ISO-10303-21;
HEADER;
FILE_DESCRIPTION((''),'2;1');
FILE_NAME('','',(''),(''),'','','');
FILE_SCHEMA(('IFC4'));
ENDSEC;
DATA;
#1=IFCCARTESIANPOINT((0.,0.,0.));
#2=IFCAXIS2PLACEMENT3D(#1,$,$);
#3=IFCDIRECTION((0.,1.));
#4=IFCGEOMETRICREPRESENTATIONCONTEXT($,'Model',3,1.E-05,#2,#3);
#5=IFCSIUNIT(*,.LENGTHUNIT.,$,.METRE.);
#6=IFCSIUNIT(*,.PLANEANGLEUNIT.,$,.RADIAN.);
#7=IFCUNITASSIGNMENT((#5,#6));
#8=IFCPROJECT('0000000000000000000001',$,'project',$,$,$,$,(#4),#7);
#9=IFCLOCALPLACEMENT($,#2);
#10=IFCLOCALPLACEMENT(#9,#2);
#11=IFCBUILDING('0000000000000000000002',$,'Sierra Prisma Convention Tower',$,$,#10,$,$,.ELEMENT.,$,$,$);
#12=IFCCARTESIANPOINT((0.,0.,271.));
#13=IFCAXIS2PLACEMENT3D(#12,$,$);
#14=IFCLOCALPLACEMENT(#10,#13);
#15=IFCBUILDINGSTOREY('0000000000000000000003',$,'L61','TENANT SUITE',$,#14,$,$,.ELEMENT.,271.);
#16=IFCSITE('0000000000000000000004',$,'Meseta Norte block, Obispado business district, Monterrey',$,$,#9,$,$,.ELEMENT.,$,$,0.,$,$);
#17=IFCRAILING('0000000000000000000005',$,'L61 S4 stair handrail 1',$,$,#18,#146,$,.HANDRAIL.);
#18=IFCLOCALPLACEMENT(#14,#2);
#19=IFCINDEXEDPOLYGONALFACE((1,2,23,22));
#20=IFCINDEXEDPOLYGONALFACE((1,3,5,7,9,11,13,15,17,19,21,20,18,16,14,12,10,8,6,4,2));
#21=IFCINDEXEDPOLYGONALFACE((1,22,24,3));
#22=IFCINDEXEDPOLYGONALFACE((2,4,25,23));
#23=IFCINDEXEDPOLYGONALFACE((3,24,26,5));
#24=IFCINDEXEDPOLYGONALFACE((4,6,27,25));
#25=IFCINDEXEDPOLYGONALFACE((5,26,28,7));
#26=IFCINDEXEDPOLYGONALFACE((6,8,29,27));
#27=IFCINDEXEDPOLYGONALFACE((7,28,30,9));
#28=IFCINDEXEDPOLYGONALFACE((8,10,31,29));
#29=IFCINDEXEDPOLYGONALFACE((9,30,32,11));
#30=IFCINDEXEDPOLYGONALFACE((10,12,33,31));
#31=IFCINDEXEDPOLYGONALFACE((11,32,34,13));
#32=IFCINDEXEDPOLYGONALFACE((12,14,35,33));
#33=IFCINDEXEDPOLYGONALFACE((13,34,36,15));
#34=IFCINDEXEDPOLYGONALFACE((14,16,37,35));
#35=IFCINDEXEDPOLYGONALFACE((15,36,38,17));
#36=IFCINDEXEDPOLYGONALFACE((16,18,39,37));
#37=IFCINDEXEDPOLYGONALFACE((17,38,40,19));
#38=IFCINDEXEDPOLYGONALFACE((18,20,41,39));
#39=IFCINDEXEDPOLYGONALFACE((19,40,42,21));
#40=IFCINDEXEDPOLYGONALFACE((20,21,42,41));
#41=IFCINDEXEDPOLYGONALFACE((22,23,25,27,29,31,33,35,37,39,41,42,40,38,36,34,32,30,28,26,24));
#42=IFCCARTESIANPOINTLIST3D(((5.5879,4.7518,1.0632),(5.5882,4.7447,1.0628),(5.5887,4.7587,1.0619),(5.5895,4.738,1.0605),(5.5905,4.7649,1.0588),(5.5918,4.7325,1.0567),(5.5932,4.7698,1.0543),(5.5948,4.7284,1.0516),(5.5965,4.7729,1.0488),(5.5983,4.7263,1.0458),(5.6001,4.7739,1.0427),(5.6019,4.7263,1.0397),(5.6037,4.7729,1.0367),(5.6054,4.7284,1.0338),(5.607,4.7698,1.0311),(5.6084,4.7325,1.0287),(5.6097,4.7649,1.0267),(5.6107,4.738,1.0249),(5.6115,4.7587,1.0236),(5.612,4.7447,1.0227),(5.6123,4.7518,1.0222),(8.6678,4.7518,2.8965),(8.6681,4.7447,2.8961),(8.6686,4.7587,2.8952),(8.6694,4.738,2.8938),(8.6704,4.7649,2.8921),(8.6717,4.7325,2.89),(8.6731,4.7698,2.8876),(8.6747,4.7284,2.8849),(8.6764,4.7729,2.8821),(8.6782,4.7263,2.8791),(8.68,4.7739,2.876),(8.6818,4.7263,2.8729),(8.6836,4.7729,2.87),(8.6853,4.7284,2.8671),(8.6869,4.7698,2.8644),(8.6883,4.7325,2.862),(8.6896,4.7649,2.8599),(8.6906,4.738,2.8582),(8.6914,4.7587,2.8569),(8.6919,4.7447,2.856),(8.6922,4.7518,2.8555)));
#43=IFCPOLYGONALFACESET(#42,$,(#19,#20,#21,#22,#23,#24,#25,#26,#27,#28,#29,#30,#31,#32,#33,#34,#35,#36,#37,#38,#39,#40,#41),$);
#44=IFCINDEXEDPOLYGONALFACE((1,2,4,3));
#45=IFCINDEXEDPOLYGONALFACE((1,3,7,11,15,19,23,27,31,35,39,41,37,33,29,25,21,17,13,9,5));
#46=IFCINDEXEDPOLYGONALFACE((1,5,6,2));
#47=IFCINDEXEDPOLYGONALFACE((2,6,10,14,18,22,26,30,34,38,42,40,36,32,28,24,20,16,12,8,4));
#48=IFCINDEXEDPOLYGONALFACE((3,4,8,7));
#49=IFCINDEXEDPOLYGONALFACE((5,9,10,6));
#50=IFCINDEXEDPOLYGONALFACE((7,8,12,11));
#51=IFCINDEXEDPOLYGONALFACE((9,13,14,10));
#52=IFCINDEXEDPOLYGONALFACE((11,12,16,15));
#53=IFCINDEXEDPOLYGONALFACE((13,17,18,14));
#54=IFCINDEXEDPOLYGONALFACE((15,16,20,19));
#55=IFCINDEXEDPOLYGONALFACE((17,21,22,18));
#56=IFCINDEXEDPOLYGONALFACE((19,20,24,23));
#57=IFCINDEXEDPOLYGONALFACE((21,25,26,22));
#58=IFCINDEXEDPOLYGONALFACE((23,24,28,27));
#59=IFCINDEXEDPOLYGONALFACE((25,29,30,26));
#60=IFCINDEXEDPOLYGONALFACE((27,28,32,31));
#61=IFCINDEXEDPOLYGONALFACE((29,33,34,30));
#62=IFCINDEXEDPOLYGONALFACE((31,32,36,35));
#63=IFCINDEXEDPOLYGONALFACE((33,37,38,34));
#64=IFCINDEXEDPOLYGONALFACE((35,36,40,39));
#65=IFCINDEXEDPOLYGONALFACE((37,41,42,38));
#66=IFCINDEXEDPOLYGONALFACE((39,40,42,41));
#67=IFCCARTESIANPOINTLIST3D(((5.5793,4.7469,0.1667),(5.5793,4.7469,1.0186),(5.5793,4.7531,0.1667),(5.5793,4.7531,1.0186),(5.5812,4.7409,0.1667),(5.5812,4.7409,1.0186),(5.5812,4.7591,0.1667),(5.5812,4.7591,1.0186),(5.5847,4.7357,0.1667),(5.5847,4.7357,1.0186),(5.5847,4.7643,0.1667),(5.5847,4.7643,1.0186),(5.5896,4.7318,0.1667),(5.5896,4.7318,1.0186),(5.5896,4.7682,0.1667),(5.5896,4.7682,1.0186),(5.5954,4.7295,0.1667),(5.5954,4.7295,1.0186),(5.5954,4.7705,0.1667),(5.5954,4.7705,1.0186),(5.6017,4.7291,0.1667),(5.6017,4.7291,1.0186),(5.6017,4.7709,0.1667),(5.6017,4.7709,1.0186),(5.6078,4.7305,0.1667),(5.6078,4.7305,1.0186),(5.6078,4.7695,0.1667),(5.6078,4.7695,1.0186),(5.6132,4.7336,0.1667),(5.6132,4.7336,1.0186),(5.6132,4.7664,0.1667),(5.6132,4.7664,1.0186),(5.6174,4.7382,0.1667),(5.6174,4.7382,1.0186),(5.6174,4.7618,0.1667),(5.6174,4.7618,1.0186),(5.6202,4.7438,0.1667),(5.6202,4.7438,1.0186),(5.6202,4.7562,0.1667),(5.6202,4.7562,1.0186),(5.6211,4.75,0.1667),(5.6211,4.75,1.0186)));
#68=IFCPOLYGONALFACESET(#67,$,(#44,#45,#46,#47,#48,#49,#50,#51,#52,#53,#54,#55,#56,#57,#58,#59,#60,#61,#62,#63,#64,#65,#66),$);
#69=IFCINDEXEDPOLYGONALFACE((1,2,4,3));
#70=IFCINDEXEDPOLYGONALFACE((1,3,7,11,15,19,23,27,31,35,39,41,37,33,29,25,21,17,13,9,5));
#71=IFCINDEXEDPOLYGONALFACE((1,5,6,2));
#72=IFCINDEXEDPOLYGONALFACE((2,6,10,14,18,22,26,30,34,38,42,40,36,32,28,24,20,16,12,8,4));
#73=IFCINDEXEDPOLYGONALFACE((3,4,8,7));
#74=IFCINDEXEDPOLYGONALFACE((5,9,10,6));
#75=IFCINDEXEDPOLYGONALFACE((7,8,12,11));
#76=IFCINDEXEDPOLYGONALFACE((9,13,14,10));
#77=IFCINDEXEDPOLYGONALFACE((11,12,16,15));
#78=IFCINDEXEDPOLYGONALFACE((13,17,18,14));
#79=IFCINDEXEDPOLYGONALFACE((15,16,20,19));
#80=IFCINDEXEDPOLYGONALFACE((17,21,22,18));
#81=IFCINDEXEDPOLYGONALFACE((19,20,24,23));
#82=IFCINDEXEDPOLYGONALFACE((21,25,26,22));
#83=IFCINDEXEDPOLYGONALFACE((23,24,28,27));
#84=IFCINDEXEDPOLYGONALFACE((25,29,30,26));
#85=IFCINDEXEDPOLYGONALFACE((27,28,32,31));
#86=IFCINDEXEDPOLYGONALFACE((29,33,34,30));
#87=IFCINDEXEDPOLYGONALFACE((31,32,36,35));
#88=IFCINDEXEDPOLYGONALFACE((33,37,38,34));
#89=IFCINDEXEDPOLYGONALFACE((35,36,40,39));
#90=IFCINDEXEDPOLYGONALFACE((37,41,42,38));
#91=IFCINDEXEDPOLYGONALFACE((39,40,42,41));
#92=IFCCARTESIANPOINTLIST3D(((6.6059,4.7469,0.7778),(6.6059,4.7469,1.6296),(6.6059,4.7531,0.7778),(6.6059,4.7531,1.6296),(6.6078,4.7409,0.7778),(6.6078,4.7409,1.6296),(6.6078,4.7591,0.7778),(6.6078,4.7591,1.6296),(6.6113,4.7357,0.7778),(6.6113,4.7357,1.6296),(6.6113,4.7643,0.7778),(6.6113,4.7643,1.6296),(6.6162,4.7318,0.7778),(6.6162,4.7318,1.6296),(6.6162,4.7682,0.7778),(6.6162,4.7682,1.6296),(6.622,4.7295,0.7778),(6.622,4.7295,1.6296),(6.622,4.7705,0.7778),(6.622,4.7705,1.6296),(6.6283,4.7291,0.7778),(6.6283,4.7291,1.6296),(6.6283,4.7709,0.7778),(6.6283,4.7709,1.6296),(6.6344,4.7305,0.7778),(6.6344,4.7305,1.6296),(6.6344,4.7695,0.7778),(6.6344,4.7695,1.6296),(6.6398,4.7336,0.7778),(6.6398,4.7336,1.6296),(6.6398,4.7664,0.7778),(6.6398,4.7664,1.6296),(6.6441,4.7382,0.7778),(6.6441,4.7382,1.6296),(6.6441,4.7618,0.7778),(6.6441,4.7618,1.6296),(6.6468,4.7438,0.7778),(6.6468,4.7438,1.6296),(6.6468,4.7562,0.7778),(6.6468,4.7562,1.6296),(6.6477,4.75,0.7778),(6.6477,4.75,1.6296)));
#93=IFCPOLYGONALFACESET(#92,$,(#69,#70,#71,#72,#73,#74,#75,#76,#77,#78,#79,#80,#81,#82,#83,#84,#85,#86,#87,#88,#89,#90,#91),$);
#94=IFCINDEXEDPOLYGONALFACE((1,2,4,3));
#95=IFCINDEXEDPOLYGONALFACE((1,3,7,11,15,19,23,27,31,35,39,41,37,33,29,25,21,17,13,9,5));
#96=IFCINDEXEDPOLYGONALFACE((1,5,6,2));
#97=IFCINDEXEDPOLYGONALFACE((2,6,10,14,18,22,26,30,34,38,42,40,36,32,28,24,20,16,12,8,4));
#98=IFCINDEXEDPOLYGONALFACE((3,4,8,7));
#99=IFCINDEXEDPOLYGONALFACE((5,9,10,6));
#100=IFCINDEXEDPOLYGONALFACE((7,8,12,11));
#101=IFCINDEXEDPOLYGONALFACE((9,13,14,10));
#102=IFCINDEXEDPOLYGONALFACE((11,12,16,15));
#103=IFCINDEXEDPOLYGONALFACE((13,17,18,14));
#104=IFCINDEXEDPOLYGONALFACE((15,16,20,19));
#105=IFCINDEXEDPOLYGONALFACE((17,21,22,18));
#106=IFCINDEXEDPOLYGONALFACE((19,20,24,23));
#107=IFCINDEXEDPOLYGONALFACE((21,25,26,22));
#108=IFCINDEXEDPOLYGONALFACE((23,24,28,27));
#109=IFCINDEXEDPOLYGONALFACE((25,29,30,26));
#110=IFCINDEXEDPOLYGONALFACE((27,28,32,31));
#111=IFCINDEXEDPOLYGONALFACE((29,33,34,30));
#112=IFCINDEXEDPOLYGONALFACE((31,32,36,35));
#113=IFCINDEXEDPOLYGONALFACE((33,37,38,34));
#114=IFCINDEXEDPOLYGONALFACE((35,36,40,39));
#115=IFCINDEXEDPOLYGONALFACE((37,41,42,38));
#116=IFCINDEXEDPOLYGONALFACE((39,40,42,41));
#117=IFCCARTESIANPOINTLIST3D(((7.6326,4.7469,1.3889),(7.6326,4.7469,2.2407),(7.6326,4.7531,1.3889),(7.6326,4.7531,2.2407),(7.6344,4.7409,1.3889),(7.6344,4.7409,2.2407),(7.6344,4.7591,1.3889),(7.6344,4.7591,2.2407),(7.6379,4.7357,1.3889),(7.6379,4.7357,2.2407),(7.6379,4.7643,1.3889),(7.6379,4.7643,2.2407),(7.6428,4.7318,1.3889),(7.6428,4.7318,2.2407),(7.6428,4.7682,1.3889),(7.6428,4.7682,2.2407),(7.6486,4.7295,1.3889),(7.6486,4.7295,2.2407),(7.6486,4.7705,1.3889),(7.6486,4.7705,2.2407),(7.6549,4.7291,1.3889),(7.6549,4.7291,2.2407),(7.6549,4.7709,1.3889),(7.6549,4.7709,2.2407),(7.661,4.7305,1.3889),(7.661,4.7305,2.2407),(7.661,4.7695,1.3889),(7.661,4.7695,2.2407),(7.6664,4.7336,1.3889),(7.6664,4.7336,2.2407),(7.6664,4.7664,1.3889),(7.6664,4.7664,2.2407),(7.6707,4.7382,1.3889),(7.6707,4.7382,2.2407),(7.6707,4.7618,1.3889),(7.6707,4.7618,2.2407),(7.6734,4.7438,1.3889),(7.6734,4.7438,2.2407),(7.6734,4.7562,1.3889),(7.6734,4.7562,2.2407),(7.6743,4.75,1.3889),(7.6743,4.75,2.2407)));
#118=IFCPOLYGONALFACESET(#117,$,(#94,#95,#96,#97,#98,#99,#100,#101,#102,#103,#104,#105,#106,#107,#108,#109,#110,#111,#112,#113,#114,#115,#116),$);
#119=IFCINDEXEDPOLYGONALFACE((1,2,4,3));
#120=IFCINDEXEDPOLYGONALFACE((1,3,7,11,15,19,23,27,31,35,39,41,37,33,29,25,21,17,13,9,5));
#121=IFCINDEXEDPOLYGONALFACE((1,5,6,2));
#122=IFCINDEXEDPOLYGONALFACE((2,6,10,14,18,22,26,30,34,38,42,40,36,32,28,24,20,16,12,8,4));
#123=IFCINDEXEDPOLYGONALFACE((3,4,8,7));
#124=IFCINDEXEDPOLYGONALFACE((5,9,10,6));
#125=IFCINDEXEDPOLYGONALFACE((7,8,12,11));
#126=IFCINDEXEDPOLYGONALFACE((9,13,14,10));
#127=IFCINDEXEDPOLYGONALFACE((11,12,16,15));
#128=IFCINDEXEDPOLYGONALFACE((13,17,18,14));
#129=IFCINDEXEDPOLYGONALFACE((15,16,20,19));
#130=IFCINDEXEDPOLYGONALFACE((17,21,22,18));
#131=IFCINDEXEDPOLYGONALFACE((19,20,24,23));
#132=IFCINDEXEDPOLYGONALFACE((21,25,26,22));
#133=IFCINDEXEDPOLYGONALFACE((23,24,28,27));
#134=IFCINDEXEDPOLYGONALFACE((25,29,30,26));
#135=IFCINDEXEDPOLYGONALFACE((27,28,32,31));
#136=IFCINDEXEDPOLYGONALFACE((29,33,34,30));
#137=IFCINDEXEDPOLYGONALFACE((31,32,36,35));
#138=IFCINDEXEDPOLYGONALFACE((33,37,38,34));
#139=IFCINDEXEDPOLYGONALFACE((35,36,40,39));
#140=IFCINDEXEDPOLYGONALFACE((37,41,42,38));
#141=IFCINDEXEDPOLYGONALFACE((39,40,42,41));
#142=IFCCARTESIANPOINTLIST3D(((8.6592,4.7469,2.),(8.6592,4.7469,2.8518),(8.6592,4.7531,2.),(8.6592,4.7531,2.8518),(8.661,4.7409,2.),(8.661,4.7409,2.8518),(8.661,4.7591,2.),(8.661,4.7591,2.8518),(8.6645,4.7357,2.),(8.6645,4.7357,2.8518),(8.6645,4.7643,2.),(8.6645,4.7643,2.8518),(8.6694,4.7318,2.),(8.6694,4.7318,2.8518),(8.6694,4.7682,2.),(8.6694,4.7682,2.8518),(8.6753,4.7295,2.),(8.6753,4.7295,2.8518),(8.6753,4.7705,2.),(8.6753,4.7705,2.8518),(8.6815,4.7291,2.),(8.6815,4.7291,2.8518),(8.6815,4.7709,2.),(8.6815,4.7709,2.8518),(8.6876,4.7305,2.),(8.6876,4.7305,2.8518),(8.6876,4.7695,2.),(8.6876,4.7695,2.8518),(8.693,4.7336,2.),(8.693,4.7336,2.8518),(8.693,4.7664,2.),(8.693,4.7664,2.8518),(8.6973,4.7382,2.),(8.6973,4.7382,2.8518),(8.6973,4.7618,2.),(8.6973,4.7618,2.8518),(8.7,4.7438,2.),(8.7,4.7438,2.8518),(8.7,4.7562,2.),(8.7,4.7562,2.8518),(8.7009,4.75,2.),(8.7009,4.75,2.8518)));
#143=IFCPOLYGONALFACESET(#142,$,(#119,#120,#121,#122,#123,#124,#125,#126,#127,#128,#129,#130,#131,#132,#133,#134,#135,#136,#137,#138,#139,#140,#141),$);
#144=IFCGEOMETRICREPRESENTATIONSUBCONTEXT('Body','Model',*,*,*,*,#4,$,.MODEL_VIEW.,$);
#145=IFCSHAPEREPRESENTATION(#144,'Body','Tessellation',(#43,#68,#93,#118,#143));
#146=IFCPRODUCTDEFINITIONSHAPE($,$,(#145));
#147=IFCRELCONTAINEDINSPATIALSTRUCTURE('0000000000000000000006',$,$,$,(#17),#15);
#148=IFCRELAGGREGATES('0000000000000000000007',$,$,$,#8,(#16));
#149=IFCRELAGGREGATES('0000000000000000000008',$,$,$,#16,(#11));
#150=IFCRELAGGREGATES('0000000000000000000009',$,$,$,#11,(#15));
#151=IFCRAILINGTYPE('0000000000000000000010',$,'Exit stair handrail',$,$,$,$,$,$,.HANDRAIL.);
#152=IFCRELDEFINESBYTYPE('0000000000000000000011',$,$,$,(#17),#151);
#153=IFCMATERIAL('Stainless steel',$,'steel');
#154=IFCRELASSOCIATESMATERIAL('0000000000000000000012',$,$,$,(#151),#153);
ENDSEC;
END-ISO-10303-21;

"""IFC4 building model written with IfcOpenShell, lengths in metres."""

from ifc_helpers import new_model, si_unit, direction, frame, origin, origin_2d, place, context, subcontext, project, spatial, circle, extrude, material, type_object, element, save


model = new_model("IFC4")

# Units and contexts
model_context = context("Model", 3, precision=1e-05, world=origin(), true_north=direction((0.0, 1.0)))
body_context = subcontext(model_context, "Body", "Model", "MODEL_VIEW")
ifc_project = project(units=[si_unit("LENGTHUNIT", "METRE"), si_unit("PLANEANGLEUNIT", "RADIAN")], contexts=[model_context])

# Site, building, storey
site_placement = place(None, origin())
site = spatial("IfcSite", under=ifc_project, at=site_placement, Name="Meseta Norte block, Obispado business district, Monterrey", CompositionType="ELEMENT", RefElevation=0.0)
building_placement = place(site_placement, origin())
building = spatial("IfcBuilding", under=site, at=building_placement, Name="Sierra Prisma Convention Tower", CompositionType="ELEMENT")
storey_placement = place(building_placement, frame((0.0, 0.0, 271.0)))
storey = spatial("IfcBuildingStorey", under=building, at=storey_placement, Name="L61", Description="TENANT SUITE", CompositionType="ELEMENT", Elevation=271.0)

# Railing
ifc_material_1 = material(Name="Stainless steel", Category="steel")
railing_type_1 = type_object("IfcRailingType", Name="Exit stair handrail", PredefinedType="HANDRAIL", material=ifc_material_1)
railing_1_placement = place(storey_placement, frame((5.6001, 4.75, 0.1667)))
element("IfcRailing", 1, at=railing_1_placement, inside=storey, type_object=railing_type_1, Name="L61 S4 stair handrail 1", PredefinedType="HANDRAIL", context=body_context, shape_type="SweptSolid", body=[
    extrude(circle(Radius=0.0239, at=origin_2d()), frame((0.0, 0.0, 0.876), z_axis=(0.859291, 0.0, 0.511487), x_axis=(0.0, 1.0, 0.0)), (0.0, 0.0, 1.0), 3.5842),
    extrude(circle(Radius=0.021, at=origin_2d()), origin(), (0.0, 0.0, 1.0), 0.8518),
    extrude(circle(Radius=0.021, at=origin_2d()), frame((1.0266, 0.0, 0.6111)), (0.0, 0.0, 1.0), 0.8518),
    extrude(circle(Radius=0.021, at=origin_2d()), frame((2.0532, 0.0, 1.2222)), (0.0, 0.0, 1.0), 0.8518),
    extrude(circle(Radius=0.021, at=origin_2d()), frame((3.0798, 0.0, 1.8333)), (0.0, 0.0, 1.0), 0.8518),
])

save(model, "model.ifc")
